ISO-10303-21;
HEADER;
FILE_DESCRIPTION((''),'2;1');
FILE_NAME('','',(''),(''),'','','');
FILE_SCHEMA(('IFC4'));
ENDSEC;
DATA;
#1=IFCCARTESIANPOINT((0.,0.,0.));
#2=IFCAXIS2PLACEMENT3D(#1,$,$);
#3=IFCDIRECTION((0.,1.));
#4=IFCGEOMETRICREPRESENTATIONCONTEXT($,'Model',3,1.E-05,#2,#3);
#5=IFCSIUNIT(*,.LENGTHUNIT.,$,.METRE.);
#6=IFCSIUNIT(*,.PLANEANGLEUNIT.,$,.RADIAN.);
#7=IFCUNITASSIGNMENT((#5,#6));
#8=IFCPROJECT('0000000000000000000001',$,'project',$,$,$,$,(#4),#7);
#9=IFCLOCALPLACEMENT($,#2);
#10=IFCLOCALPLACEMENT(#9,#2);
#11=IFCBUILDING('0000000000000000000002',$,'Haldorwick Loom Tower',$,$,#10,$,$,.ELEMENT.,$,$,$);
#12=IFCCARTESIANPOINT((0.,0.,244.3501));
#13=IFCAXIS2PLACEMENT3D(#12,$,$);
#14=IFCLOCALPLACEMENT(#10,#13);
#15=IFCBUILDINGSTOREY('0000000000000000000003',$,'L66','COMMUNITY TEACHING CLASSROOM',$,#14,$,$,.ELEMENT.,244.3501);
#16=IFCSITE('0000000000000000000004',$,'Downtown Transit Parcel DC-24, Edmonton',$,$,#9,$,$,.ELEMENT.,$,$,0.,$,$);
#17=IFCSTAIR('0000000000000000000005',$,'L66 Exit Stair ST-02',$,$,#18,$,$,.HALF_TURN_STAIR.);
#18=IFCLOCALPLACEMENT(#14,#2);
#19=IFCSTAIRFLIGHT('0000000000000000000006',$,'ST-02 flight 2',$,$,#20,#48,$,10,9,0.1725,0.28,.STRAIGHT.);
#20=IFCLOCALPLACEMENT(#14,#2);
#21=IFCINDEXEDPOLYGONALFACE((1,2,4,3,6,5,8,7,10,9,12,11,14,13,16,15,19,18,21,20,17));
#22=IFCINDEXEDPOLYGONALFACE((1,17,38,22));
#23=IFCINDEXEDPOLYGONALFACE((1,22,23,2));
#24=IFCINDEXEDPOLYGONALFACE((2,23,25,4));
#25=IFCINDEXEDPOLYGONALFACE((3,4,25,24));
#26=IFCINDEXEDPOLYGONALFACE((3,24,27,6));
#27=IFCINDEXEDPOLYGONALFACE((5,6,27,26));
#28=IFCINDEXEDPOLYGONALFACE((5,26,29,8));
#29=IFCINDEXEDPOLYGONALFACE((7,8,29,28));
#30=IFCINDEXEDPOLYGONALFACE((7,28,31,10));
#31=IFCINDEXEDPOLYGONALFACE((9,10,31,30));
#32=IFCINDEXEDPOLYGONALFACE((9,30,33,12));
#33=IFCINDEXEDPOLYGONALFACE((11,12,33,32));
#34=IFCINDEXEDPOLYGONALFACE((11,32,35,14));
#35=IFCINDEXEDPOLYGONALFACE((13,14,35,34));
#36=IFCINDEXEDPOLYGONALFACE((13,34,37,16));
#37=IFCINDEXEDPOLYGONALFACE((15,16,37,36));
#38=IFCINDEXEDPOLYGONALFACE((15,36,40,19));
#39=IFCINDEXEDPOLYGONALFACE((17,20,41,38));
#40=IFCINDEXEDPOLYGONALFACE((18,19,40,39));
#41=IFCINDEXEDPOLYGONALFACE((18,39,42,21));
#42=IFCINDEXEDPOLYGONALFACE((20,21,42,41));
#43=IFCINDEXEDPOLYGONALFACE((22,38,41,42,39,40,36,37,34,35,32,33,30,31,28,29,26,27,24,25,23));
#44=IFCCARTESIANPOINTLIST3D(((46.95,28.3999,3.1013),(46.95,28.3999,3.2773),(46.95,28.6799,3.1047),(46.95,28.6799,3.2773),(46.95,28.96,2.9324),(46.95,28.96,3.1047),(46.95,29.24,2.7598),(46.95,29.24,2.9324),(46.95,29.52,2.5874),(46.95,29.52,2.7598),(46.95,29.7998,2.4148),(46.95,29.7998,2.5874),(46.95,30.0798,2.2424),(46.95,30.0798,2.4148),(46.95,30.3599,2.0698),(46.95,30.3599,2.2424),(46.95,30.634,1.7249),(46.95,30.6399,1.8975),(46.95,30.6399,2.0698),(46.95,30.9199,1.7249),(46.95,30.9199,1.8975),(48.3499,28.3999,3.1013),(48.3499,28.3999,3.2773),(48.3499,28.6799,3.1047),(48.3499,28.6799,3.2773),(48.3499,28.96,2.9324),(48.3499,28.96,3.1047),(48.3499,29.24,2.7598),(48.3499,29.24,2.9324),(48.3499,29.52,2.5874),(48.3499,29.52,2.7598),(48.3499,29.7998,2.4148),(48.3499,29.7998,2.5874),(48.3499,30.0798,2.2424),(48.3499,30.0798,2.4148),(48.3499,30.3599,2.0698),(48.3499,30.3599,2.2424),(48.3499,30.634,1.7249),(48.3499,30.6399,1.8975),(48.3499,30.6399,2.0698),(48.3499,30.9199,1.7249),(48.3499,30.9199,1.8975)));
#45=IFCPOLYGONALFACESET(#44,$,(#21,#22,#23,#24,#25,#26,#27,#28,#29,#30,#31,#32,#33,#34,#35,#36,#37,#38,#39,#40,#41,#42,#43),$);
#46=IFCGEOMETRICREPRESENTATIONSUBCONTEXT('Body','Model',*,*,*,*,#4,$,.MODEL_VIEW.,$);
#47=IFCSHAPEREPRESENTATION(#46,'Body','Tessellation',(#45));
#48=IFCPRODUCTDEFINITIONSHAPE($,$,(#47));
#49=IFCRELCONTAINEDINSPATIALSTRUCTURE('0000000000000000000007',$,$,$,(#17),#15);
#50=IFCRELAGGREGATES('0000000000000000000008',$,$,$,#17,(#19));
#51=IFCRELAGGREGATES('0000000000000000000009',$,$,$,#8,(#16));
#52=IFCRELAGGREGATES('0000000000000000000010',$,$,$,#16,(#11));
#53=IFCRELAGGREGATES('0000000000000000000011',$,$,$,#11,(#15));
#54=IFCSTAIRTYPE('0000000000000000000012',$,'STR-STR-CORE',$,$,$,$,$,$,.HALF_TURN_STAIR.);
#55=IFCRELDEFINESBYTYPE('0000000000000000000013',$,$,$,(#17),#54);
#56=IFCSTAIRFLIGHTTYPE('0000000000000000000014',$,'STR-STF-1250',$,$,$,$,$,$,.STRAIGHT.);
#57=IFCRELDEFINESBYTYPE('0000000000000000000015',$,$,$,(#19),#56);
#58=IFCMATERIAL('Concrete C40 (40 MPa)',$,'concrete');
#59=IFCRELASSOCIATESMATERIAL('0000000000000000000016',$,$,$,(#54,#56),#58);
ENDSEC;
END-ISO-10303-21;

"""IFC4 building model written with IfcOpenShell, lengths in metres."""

from ifc_helpers import new_model, si_unit, direction, frame, origin, place, context, subcontext, project, spatial, polyline, outline, extrude, material, type_object, element, aggregate, save


model = new_model("IFC4")

# Units and contexts
model_context = context("Model", 3, precision=1e-05, world=origin(), true_north=direction((0.0, 1.0)))
body_context = subcontext(model_context, "Body", "Model", "MODEL_VIEW")
ifc_project = project(units=[si_unit("LENGTHUNIT", "METRE"), si_unit("PLANEANGLEUNIT", "RADIAN")], contexts=[model_context])

# Site, building, storey
site_placement = place(None, origin())
site = spatial("IfcSite", under=ifc_project, at=site_placement, Name="Downtown Transit Parcel DC-24, Edmonton", CompositionType="ELEMENT", RefElevation=0.0)
building_placement = place(site_placement, origin())
building = spatial("IfcBuilding", under=site, at=building_placement, Name="Haldorwick Loom Tower", CompositionType="ELEMENT")
storey_placement = place(building_placement, frame((0.0, 0.0, 244.3501)))
storey = spatial("IfcBuildingStorey", under=building, at=storey_placement, Name="L66", Description="COMMUNITY TEACHING CLASSROOM", CompositionType="ELEMENT", Elevation=244.3501)

# Stair, stair flight
ifc_material_1 = material(Name="Concrete C40 (40 MPa)", Category="concrete")
stair_type = type_object("IfcStairType", Name="STR-STR-CORE", PredefinedType="HALF_TURN_STAIR", material=ifc_material_1)
stair_placement = place(storey_placement, origin())
stair = element("IfcStair", 1, at=stair_placement, inside=storey, type_object=stair_type, Name="L66 Exit Stair ST-02", PredefinedType="HALF_TURN_STAIR")
stair_flight_type = type_object("IfcStairFlightType", Name="STR-STF-1250", PredefinedType="STRAIGHT", material=ifc_material_1)
stair_flight_1_placement = place(storey_placement, frame((47.6499, 30.9199, 1.7249), z_axis=(0.0, 0.0, 1.0), x_axis=(0.0, -1.0, 0.0)))
stair_flight_1 = element("IfcStairFlight", 2, at=stair_flight_1_placement, type_object=stair_flight_type, Name="ST-02 flight 2", NumberOfRisers=10, NumberOfTreads=9, PredefinedType="STRAIGHT", RiserHeight=0.1725, TreadLength=0.28, context=body_context, shape_type="SweptSolid", body=[
    extrude(outline(polyline([(0.0, 0.0), (0.0, 0.1726), (0.28, 0.1726), (0.28, 0.345), (0.5601, 0.345), (0.5601, 0.5176), (0.8401, 0.5176), (0.8401, 0.6899), (1.1201, 0.6899), (1.1201, 0.8625), (1.3999, 0.8625), (1.3999, 1.0349), (1.6799, 1.0349), (1.6799, 1.2075), (1.96, 1.2075), (1.96, 1.3799), (2.24, 1.3799), (2.24, 1.5525), (2.52, 1.5525), (2.52, 1.7251), (2.52, 1.3765), (0.2859, 0.0), (0.0, 0.0)])), frame((0.0, 0.7, 0.0), z_axis=(0.0, -1.0, 0.0), x_axis=(1.0, 0.0, 0.0)), (0.0, 0.0, 1.0), 1.3999),
])
aggregate(stair, [stair_flight_1])

save(model, "model.ifc")
